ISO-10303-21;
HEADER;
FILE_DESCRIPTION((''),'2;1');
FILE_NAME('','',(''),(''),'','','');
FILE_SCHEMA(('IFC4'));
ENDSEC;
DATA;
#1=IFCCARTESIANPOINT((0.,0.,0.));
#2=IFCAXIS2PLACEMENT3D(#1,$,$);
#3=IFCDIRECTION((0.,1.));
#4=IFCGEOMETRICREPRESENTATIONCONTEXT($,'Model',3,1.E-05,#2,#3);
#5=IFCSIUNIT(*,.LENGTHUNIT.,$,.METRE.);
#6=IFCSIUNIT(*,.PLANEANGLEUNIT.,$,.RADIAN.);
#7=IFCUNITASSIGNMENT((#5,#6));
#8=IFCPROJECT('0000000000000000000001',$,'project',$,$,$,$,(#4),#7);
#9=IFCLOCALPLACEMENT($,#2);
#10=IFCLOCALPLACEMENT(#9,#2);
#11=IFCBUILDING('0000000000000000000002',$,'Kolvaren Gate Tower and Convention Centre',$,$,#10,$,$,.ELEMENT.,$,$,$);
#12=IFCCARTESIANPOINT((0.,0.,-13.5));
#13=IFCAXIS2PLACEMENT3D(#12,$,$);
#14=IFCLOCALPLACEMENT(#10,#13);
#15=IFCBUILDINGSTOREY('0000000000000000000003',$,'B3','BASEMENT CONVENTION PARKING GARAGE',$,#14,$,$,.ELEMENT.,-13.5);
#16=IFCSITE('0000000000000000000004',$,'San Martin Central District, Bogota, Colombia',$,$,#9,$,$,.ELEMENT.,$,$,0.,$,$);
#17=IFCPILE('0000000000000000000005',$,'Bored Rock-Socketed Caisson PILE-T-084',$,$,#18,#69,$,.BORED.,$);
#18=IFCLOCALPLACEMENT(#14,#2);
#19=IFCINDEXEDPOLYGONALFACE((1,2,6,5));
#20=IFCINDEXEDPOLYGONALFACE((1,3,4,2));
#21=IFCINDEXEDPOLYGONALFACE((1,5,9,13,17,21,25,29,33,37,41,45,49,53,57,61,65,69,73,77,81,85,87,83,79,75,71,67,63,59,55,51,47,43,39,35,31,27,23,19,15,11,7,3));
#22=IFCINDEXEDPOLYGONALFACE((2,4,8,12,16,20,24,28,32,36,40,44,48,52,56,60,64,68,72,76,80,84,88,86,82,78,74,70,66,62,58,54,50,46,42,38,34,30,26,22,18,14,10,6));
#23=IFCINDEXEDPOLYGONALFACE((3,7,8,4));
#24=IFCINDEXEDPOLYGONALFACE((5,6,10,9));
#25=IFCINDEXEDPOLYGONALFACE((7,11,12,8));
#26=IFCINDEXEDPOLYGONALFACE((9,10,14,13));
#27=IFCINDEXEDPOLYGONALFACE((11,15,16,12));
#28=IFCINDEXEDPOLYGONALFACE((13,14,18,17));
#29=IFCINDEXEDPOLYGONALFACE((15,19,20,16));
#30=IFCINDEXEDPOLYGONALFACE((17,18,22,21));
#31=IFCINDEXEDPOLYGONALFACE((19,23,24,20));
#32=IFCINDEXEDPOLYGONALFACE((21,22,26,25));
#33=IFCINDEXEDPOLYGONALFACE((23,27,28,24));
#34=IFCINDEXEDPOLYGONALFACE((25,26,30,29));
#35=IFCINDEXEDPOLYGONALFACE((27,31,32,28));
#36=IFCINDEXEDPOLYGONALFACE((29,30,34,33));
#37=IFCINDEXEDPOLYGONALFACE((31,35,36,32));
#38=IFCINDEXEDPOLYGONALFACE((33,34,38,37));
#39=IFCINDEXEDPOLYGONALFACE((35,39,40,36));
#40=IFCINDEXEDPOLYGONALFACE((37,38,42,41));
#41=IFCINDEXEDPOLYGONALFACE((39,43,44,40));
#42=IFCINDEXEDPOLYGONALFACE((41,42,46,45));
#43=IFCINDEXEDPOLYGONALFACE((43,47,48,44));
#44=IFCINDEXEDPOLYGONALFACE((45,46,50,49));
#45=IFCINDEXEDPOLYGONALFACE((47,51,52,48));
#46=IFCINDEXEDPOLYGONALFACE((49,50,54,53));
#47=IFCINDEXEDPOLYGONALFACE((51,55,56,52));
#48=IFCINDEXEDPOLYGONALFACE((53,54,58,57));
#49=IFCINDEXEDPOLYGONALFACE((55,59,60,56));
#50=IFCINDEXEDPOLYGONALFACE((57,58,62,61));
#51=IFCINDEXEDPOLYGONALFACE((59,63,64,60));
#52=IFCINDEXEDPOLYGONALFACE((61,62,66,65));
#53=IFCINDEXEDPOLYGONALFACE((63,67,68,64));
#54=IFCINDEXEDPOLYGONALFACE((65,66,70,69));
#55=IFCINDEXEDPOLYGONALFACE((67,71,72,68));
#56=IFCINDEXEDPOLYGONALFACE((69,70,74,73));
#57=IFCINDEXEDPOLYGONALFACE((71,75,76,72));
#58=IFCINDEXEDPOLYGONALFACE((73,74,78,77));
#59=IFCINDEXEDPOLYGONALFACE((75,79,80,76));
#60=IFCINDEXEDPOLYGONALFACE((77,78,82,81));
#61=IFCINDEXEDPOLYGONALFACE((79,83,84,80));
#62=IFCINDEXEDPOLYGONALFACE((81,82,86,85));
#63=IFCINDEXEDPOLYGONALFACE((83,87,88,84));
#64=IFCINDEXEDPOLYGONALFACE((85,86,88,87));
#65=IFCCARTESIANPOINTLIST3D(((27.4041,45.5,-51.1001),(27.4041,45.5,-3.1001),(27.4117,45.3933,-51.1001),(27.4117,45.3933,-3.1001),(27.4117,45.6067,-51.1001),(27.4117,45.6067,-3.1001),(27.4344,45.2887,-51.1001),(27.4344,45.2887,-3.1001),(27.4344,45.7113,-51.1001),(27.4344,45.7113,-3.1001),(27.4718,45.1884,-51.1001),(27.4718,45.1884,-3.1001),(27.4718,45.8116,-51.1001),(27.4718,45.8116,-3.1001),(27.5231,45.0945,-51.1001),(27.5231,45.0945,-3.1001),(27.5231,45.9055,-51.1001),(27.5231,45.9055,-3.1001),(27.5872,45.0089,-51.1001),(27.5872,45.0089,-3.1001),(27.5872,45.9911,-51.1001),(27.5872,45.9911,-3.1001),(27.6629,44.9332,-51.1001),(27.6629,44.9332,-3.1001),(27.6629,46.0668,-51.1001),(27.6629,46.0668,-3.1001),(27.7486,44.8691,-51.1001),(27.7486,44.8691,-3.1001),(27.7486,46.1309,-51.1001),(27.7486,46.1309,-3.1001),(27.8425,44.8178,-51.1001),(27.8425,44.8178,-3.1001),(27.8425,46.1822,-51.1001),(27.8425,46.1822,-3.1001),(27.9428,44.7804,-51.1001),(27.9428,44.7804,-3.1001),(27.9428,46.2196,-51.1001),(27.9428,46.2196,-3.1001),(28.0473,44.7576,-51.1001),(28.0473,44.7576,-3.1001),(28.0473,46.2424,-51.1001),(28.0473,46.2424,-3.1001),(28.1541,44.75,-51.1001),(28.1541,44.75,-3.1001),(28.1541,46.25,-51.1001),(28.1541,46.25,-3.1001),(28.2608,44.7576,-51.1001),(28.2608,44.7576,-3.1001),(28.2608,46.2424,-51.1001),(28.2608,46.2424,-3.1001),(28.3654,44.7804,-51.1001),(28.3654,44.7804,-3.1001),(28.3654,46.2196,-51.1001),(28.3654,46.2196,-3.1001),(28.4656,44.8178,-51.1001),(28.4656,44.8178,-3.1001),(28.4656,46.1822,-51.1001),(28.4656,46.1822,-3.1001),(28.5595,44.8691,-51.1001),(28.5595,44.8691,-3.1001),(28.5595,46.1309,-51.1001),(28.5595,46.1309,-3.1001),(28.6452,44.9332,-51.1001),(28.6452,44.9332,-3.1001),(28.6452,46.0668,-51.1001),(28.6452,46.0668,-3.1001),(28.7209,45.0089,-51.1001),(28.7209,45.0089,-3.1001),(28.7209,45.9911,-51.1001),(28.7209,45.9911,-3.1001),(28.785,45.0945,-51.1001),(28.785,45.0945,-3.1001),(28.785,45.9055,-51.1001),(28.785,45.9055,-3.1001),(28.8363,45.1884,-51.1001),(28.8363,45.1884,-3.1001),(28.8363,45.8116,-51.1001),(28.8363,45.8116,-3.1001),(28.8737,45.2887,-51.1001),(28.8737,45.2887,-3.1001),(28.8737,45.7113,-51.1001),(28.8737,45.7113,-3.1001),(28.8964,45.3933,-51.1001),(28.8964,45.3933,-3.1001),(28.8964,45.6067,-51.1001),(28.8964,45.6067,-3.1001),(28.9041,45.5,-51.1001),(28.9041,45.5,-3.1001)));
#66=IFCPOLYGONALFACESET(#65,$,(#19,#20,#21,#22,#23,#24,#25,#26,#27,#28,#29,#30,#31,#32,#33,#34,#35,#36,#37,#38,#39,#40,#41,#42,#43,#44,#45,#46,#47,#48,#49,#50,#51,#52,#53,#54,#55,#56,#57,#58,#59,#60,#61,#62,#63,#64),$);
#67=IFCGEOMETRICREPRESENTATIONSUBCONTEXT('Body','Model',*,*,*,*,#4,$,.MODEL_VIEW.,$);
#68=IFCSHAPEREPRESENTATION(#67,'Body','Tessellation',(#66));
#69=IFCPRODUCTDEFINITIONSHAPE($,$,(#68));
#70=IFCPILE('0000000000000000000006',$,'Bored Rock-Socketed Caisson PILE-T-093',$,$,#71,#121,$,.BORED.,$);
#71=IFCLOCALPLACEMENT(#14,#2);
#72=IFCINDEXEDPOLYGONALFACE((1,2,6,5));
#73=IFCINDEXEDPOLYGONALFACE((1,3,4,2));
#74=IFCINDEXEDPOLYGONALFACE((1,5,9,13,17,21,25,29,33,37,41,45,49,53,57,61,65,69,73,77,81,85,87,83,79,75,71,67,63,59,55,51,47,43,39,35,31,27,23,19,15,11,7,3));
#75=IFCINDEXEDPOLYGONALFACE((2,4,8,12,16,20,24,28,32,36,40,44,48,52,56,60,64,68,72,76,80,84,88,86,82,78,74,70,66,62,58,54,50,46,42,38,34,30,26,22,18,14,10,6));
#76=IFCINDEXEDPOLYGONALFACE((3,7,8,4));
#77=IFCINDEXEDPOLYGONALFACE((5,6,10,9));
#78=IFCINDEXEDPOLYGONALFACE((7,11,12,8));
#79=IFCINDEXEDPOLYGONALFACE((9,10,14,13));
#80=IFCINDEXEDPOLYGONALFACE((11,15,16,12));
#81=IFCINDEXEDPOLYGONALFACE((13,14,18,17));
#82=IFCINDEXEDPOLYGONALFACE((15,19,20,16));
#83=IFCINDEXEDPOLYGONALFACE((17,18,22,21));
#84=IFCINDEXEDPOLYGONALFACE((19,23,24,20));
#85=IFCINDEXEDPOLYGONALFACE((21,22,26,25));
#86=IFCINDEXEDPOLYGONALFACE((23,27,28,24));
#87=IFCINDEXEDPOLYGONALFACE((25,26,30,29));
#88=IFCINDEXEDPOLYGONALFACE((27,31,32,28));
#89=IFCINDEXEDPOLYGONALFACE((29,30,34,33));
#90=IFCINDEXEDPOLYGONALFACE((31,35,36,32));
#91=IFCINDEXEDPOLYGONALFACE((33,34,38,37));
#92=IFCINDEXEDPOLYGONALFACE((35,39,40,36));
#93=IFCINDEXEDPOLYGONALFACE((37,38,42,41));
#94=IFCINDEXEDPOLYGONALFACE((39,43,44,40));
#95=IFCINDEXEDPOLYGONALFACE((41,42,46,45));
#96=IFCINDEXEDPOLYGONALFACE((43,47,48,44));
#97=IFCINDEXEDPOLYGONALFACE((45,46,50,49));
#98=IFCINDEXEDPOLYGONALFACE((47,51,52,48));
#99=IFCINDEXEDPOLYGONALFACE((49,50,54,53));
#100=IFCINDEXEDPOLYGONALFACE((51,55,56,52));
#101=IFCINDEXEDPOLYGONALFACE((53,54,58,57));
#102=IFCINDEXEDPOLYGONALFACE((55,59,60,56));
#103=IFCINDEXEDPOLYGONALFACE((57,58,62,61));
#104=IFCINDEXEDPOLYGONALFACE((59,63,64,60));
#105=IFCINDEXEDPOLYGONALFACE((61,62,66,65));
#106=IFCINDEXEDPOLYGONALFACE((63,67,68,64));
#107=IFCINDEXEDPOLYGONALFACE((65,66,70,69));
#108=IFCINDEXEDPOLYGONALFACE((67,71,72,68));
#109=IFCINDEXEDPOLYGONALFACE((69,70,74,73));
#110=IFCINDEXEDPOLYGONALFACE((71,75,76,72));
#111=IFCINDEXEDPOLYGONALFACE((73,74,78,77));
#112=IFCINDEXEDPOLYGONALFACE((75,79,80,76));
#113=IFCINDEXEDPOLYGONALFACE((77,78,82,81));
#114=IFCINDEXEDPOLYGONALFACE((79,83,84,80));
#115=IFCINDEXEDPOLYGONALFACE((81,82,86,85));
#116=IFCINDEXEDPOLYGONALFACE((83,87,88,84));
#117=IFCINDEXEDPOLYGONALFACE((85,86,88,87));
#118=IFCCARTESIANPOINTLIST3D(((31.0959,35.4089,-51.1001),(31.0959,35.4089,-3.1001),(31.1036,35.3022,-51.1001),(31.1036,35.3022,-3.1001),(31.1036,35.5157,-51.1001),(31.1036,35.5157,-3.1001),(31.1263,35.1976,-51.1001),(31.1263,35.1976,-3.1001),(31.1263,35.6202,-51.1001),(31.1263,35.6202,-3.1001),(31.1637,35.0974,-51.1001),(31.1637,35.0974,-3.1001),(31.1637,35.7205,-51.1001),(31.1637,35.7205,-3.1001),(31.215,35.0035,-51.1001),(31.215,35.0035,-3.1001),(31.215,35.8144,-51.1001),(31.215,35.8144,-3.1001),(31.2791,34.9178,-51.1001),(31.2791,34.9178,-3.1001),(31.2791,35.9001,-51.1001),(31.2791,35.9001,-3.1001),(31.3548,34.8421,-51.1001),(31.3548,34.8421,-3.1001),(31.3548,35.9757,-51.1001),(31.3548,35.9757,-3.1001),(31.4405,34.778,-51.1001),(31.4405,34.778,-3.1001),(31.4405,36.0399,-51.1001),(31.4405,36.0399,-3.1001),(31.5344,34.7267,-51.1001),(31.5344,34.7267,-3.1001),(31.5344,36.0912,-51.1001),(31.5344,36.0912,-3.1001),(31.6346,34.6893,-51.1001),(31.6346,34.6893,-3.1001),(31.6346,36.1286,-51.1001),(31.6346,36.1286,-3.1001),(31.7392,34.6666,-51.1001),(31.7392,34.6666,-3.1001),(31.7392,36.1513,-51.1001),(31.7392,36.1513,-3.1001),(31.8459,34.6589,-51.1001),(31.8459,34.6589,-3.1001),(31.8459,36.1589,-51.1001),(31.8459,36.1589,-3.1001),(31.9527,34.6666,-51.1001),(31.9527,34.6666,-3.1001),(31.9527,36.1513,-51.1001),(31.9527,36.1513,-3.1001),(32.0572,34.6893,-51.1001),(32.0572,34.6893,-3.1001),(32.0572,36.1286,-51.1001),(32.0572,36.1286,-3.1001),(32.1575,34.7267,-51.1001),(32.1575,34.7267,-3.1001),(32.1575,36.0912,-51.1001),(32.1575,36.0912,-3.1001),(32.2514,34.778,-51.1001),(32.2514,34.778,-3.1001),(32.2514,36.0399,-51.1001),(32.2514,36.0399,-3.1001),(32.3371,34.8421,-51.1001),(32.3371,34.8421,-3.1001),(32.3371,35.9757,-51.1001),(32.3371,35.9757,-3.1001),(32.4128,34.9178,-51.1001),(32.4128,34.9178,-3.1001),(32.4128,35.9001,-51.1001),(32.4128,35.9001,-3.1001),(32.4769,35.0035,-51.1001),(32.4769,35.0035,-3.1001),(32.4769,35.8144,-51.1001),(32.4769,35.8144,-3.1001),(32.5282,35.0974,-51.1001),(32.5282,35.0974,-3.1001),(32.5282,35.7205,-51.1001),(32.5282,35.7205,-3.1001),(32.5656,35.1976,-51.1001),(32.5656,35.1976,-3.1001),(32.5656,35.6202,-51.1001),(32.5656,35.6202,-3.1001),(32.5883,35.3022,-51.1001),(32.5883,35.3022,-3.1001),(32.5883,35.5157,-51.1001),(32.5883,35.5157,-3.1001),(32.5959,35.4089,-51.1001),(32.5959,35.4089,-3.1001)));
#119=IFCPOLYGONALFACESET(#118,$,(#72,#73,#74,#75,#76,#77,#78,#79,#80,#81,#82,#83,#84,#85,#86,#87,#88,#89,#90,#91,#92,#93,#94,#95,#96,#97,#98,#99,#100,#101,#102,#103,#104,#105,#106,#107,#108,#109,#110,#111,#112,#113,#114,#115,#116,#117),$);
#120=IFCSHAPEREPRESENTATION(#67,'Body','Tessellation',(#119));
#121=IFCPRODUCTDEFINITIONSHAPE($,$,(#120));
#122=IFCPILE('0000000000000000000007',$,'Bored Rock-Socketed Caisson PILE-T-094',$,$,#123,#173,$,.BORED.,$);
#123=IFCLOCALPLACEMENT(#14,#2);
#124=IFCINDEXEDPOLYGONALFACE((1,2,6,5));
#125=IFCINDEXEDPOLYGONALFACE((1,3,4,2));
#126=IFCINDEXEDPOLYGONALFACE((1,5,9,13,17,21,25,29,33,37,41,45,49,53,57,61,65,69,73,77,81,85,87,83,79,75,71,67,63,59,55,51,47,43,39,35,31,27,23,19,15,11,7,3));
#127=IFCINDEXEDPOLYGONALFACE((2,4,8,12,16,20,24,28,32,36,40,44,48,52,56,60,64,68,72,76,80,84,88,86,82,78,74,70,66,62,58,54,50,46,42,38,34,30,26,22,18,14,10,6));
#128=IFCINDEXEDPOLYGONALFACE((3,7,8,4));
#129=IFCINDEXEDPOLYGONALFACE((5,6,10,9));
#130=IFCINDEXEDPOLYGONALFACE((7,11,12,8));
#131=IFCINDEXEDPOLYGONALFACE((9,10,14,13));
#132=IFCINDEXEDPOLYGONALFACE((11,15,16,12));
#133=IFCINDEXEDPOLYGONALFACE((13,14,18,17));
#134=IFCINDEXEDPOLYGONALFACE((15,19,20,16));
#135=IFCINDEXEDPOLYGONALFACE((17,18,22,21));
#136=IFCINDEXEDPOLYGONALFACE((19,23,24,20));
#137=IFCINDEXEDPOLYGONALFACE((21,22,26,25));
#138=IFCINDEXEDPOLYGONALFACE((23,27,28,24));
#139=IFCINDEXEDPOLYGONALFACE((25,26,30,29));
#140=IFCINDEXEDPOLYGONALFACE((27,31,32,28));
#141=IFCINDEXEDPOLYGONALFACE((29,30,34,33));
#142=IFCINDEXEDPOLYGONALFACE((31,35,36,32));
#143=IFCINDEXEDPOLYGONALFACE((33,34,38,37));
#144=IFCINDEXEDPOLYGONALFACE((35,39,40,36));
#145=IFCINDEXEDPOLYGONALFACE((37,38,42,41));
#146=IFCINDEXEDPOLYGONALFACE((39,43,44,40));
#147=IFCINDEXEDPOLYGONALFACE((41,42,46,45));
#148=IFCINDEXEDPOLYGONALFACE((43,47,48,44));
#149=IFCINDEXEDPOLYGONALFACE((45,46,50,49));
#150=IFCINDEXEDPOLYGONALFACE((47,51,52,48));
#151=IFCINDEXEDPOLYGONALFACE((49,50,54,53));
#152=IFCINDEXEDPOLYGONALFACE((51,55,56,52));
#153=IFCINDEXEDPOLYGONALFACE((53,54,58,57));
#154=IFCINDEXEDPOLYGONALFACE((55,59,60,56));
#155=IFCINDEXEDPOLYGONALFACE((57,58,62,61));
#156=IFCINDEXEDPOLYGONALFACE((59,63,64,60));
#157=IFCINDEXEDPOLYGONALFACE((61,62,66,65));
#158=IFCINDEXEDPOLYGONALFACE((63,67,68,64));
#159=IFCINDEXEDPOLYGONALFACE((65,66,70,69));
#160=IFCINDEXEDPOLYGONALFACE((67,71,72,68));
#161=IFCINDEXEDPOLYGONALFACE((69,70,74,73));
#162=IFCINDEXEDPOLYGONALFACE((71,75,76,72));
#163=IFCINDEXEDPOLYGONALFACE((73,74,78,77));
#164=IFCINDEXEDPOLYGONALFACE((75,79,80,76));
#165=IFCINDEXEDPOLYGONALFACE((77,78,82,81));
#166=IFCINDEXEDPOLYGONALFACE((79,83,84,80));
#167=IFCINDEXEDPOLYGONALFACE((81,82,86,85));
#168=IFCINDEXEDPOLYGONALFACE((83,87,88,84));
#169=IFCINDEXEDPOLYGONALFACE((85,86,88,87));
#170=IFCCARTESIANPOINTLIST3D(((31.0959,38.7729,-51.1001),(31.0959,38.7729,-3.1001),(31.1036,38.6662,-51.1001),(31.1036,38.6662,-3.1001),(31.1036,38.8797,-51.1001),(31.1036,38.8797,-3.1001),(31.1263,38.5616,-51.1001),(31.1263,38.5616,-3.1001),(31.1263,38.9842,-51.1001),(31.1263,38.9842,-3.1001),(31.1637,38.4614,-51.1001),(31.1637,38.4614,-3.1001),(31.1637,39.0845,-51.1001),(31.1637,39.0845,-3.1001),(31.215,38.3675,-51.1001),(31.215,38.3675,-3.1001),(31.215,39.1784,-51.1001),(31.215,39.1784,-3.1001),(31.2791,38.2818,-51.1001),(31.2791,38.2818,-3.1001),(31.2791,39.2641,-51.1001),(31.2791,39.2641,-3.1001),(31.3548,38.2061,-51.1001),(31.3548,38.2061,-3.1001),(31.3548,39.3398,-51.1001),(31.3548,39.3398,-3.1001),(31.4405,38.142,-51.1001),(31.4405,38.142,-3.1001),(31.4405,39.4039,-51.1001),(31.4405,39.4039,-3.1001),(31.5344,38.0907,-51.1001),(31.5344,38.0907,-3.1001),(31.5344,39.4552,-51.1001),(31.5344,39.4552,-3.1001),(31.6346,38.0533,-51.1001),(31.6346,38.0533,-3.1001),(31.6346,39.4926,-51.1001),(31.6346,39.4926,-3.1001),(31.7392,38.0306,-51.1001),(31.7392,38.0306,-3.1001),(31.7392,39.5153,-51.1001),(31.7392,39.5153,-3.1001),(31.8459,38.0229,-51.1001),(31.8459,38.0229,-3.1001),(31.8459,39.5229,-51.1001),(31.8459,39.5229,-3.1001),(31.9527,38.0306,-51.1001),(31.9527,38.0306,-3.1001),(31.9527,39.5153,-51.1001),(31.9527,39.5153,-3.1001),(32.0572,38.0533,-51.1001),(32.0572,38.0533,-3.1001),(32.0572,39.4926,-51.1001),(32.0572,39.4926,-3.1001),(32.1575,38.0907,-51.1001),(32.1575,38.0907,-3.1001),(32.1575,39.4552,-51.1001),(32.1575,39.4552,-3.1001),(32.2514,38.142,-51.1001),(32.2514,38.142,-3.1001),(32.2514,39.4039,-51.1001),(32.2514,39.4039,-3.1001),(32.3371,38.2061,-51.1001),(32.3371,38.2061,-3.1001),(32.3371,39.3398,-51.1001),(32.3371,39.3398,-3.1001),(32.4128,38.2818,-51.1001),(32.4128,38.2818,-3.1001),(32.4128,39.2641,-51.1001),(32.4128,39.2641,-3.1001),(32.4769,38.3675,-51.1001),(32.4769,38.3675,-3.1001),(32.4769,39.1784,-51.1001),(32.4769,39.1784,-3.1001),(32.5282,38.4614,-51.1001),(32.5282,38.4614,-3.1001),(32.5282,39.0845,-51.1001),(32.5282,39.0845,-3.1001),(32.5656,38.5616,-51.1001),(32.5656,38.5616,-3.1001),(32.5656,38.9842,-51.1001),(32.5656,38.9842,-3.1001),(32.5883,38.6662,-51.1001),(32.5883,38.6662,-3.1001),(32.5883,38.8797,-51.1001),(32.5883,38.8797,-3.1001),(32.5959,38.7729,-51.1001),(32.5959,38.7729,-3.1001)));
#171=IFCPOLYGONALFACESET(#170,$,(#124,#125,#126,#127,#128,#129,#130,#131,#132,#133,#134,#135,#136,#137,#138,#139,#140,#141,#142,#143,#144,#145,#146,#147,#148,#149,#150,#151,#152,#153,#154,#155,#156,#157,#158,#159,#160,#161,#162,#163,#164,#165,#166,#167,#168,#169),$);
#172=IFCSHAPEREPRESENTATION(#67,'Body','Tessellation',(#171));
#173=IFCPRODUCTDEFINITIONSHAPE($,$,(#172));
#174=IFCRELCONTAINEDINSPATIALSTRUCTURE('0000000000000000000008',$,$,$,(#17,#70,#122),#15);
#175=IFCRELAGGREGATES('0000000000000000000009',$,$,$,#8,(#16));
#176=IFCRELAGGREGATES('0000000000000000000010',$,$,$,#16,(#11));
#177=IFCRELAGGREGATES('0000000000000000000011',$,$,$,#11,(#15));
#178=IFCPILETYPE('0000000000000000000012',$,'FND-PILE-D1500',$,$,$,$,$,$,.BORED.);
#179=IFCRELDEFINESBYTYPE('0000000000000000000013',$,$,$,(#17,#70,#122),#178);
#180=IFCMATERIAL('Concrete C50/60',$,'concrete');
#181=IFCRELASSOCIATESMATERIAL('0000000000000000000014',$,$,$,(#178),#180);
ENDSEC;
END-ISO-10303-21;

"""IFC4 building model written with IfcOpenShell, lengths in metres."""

from ifc_helpers import new_model, si_unit, direction, frame, origin, origin_2d, place, context, subcontext, project, spatial, circle, extrude, material, material_profile, profile_set, type_object, element, save


model = new_model("IFC4")

# Units and contexts
model_context = context("Model", 3, precision=1e-05, world=origin(), true_north=direction((0.0, 1.0)))
body_context = subcontext(model_context, "Body", "Model", "MODEL_VIEW")
ifc_project = project(units=[si_unit("LENGTHUNIT", "METRE"), si_unit("PLANEANGLEUNIT", "RADIAN")], contexts=[model_context])

# Site, building, storey
site_placement = place(None, origin())
site = spatial("IfcSite", under=ifc_project, at=site_placement, Name="San Martin Central District, Bogota, Colombia", CompositionType="ELEMENT", RefElevation=0.0)
building_placement = place(site_placement, origin())
building = spatial("IfcBuilding", under=site, at=building_placement, Name="Kolvaren Gate Tower and Convention Centre", CompositionType="ELEMENT")
storey_placement = place(building_placement, frame((0.0, 0.0, -13.5)))
storey = spatial("IfcBuildingStorey", under=building, at=storey_placement, Name="B3", Description="BASEMENT CONVENTION PARKING GARAGE", CompositionType="ELEMENT", Elevation=-13.5)

# Shared definitions
ifc_material_1 = material(Name="Concrete C50/60", Category="concrete")

# Piles
ifc_material_profile_1 = material_profile(ifc_material_1, circle(Radius=0.75, at=origin_2d()), Name="CAISSON-D1500")
ifc_profile_set_1 = profile_set([ifc_material_profile_1], Name="Concrete C50/60")
pile_type = type_object("IfcPileType", Name="FND-PILE-D1500", PredefinedType="BORED", material=ifc_profile_set_1)
for number, where, z_axis, x_axis, name in (
    (1, (28.1541, 45.5, -3.1001), (0.0, 0.0, -1.0), (1.0, 0.0, 0.0), "Bored Rock-Socketed Caisson PILE-T-084"),
    (2, (31.8459, 35.4089, -3.1001), (0.0, 0.0, -1.0), (1.0, 0.0, 0.0), "Bored Rock-Socketed Caisson PILE-T-093"),
    (3, (31.8459, 38.7729, -3.1001), (0.0, 0.0, -1.0), (1.0, 0.0, 0.0), "Bored Rock-Socketed Caisson PILE-T-094"),
):
    element("IfcPile", number, at=place(storey_placement, frame(where, z_axis=z_axis, x_axis=x_axis)), inside=storey, type_object=pile_type, Name=name, PredefinedType="BORED", context=body_context, shape_type="SweptSolid", body=[
        extrude(circle(Radius=0.75, at=origin_2d()), origin(), (0.0, 0.0, 1.0), 48.0),
    ])

save(model, "model.ifc")
